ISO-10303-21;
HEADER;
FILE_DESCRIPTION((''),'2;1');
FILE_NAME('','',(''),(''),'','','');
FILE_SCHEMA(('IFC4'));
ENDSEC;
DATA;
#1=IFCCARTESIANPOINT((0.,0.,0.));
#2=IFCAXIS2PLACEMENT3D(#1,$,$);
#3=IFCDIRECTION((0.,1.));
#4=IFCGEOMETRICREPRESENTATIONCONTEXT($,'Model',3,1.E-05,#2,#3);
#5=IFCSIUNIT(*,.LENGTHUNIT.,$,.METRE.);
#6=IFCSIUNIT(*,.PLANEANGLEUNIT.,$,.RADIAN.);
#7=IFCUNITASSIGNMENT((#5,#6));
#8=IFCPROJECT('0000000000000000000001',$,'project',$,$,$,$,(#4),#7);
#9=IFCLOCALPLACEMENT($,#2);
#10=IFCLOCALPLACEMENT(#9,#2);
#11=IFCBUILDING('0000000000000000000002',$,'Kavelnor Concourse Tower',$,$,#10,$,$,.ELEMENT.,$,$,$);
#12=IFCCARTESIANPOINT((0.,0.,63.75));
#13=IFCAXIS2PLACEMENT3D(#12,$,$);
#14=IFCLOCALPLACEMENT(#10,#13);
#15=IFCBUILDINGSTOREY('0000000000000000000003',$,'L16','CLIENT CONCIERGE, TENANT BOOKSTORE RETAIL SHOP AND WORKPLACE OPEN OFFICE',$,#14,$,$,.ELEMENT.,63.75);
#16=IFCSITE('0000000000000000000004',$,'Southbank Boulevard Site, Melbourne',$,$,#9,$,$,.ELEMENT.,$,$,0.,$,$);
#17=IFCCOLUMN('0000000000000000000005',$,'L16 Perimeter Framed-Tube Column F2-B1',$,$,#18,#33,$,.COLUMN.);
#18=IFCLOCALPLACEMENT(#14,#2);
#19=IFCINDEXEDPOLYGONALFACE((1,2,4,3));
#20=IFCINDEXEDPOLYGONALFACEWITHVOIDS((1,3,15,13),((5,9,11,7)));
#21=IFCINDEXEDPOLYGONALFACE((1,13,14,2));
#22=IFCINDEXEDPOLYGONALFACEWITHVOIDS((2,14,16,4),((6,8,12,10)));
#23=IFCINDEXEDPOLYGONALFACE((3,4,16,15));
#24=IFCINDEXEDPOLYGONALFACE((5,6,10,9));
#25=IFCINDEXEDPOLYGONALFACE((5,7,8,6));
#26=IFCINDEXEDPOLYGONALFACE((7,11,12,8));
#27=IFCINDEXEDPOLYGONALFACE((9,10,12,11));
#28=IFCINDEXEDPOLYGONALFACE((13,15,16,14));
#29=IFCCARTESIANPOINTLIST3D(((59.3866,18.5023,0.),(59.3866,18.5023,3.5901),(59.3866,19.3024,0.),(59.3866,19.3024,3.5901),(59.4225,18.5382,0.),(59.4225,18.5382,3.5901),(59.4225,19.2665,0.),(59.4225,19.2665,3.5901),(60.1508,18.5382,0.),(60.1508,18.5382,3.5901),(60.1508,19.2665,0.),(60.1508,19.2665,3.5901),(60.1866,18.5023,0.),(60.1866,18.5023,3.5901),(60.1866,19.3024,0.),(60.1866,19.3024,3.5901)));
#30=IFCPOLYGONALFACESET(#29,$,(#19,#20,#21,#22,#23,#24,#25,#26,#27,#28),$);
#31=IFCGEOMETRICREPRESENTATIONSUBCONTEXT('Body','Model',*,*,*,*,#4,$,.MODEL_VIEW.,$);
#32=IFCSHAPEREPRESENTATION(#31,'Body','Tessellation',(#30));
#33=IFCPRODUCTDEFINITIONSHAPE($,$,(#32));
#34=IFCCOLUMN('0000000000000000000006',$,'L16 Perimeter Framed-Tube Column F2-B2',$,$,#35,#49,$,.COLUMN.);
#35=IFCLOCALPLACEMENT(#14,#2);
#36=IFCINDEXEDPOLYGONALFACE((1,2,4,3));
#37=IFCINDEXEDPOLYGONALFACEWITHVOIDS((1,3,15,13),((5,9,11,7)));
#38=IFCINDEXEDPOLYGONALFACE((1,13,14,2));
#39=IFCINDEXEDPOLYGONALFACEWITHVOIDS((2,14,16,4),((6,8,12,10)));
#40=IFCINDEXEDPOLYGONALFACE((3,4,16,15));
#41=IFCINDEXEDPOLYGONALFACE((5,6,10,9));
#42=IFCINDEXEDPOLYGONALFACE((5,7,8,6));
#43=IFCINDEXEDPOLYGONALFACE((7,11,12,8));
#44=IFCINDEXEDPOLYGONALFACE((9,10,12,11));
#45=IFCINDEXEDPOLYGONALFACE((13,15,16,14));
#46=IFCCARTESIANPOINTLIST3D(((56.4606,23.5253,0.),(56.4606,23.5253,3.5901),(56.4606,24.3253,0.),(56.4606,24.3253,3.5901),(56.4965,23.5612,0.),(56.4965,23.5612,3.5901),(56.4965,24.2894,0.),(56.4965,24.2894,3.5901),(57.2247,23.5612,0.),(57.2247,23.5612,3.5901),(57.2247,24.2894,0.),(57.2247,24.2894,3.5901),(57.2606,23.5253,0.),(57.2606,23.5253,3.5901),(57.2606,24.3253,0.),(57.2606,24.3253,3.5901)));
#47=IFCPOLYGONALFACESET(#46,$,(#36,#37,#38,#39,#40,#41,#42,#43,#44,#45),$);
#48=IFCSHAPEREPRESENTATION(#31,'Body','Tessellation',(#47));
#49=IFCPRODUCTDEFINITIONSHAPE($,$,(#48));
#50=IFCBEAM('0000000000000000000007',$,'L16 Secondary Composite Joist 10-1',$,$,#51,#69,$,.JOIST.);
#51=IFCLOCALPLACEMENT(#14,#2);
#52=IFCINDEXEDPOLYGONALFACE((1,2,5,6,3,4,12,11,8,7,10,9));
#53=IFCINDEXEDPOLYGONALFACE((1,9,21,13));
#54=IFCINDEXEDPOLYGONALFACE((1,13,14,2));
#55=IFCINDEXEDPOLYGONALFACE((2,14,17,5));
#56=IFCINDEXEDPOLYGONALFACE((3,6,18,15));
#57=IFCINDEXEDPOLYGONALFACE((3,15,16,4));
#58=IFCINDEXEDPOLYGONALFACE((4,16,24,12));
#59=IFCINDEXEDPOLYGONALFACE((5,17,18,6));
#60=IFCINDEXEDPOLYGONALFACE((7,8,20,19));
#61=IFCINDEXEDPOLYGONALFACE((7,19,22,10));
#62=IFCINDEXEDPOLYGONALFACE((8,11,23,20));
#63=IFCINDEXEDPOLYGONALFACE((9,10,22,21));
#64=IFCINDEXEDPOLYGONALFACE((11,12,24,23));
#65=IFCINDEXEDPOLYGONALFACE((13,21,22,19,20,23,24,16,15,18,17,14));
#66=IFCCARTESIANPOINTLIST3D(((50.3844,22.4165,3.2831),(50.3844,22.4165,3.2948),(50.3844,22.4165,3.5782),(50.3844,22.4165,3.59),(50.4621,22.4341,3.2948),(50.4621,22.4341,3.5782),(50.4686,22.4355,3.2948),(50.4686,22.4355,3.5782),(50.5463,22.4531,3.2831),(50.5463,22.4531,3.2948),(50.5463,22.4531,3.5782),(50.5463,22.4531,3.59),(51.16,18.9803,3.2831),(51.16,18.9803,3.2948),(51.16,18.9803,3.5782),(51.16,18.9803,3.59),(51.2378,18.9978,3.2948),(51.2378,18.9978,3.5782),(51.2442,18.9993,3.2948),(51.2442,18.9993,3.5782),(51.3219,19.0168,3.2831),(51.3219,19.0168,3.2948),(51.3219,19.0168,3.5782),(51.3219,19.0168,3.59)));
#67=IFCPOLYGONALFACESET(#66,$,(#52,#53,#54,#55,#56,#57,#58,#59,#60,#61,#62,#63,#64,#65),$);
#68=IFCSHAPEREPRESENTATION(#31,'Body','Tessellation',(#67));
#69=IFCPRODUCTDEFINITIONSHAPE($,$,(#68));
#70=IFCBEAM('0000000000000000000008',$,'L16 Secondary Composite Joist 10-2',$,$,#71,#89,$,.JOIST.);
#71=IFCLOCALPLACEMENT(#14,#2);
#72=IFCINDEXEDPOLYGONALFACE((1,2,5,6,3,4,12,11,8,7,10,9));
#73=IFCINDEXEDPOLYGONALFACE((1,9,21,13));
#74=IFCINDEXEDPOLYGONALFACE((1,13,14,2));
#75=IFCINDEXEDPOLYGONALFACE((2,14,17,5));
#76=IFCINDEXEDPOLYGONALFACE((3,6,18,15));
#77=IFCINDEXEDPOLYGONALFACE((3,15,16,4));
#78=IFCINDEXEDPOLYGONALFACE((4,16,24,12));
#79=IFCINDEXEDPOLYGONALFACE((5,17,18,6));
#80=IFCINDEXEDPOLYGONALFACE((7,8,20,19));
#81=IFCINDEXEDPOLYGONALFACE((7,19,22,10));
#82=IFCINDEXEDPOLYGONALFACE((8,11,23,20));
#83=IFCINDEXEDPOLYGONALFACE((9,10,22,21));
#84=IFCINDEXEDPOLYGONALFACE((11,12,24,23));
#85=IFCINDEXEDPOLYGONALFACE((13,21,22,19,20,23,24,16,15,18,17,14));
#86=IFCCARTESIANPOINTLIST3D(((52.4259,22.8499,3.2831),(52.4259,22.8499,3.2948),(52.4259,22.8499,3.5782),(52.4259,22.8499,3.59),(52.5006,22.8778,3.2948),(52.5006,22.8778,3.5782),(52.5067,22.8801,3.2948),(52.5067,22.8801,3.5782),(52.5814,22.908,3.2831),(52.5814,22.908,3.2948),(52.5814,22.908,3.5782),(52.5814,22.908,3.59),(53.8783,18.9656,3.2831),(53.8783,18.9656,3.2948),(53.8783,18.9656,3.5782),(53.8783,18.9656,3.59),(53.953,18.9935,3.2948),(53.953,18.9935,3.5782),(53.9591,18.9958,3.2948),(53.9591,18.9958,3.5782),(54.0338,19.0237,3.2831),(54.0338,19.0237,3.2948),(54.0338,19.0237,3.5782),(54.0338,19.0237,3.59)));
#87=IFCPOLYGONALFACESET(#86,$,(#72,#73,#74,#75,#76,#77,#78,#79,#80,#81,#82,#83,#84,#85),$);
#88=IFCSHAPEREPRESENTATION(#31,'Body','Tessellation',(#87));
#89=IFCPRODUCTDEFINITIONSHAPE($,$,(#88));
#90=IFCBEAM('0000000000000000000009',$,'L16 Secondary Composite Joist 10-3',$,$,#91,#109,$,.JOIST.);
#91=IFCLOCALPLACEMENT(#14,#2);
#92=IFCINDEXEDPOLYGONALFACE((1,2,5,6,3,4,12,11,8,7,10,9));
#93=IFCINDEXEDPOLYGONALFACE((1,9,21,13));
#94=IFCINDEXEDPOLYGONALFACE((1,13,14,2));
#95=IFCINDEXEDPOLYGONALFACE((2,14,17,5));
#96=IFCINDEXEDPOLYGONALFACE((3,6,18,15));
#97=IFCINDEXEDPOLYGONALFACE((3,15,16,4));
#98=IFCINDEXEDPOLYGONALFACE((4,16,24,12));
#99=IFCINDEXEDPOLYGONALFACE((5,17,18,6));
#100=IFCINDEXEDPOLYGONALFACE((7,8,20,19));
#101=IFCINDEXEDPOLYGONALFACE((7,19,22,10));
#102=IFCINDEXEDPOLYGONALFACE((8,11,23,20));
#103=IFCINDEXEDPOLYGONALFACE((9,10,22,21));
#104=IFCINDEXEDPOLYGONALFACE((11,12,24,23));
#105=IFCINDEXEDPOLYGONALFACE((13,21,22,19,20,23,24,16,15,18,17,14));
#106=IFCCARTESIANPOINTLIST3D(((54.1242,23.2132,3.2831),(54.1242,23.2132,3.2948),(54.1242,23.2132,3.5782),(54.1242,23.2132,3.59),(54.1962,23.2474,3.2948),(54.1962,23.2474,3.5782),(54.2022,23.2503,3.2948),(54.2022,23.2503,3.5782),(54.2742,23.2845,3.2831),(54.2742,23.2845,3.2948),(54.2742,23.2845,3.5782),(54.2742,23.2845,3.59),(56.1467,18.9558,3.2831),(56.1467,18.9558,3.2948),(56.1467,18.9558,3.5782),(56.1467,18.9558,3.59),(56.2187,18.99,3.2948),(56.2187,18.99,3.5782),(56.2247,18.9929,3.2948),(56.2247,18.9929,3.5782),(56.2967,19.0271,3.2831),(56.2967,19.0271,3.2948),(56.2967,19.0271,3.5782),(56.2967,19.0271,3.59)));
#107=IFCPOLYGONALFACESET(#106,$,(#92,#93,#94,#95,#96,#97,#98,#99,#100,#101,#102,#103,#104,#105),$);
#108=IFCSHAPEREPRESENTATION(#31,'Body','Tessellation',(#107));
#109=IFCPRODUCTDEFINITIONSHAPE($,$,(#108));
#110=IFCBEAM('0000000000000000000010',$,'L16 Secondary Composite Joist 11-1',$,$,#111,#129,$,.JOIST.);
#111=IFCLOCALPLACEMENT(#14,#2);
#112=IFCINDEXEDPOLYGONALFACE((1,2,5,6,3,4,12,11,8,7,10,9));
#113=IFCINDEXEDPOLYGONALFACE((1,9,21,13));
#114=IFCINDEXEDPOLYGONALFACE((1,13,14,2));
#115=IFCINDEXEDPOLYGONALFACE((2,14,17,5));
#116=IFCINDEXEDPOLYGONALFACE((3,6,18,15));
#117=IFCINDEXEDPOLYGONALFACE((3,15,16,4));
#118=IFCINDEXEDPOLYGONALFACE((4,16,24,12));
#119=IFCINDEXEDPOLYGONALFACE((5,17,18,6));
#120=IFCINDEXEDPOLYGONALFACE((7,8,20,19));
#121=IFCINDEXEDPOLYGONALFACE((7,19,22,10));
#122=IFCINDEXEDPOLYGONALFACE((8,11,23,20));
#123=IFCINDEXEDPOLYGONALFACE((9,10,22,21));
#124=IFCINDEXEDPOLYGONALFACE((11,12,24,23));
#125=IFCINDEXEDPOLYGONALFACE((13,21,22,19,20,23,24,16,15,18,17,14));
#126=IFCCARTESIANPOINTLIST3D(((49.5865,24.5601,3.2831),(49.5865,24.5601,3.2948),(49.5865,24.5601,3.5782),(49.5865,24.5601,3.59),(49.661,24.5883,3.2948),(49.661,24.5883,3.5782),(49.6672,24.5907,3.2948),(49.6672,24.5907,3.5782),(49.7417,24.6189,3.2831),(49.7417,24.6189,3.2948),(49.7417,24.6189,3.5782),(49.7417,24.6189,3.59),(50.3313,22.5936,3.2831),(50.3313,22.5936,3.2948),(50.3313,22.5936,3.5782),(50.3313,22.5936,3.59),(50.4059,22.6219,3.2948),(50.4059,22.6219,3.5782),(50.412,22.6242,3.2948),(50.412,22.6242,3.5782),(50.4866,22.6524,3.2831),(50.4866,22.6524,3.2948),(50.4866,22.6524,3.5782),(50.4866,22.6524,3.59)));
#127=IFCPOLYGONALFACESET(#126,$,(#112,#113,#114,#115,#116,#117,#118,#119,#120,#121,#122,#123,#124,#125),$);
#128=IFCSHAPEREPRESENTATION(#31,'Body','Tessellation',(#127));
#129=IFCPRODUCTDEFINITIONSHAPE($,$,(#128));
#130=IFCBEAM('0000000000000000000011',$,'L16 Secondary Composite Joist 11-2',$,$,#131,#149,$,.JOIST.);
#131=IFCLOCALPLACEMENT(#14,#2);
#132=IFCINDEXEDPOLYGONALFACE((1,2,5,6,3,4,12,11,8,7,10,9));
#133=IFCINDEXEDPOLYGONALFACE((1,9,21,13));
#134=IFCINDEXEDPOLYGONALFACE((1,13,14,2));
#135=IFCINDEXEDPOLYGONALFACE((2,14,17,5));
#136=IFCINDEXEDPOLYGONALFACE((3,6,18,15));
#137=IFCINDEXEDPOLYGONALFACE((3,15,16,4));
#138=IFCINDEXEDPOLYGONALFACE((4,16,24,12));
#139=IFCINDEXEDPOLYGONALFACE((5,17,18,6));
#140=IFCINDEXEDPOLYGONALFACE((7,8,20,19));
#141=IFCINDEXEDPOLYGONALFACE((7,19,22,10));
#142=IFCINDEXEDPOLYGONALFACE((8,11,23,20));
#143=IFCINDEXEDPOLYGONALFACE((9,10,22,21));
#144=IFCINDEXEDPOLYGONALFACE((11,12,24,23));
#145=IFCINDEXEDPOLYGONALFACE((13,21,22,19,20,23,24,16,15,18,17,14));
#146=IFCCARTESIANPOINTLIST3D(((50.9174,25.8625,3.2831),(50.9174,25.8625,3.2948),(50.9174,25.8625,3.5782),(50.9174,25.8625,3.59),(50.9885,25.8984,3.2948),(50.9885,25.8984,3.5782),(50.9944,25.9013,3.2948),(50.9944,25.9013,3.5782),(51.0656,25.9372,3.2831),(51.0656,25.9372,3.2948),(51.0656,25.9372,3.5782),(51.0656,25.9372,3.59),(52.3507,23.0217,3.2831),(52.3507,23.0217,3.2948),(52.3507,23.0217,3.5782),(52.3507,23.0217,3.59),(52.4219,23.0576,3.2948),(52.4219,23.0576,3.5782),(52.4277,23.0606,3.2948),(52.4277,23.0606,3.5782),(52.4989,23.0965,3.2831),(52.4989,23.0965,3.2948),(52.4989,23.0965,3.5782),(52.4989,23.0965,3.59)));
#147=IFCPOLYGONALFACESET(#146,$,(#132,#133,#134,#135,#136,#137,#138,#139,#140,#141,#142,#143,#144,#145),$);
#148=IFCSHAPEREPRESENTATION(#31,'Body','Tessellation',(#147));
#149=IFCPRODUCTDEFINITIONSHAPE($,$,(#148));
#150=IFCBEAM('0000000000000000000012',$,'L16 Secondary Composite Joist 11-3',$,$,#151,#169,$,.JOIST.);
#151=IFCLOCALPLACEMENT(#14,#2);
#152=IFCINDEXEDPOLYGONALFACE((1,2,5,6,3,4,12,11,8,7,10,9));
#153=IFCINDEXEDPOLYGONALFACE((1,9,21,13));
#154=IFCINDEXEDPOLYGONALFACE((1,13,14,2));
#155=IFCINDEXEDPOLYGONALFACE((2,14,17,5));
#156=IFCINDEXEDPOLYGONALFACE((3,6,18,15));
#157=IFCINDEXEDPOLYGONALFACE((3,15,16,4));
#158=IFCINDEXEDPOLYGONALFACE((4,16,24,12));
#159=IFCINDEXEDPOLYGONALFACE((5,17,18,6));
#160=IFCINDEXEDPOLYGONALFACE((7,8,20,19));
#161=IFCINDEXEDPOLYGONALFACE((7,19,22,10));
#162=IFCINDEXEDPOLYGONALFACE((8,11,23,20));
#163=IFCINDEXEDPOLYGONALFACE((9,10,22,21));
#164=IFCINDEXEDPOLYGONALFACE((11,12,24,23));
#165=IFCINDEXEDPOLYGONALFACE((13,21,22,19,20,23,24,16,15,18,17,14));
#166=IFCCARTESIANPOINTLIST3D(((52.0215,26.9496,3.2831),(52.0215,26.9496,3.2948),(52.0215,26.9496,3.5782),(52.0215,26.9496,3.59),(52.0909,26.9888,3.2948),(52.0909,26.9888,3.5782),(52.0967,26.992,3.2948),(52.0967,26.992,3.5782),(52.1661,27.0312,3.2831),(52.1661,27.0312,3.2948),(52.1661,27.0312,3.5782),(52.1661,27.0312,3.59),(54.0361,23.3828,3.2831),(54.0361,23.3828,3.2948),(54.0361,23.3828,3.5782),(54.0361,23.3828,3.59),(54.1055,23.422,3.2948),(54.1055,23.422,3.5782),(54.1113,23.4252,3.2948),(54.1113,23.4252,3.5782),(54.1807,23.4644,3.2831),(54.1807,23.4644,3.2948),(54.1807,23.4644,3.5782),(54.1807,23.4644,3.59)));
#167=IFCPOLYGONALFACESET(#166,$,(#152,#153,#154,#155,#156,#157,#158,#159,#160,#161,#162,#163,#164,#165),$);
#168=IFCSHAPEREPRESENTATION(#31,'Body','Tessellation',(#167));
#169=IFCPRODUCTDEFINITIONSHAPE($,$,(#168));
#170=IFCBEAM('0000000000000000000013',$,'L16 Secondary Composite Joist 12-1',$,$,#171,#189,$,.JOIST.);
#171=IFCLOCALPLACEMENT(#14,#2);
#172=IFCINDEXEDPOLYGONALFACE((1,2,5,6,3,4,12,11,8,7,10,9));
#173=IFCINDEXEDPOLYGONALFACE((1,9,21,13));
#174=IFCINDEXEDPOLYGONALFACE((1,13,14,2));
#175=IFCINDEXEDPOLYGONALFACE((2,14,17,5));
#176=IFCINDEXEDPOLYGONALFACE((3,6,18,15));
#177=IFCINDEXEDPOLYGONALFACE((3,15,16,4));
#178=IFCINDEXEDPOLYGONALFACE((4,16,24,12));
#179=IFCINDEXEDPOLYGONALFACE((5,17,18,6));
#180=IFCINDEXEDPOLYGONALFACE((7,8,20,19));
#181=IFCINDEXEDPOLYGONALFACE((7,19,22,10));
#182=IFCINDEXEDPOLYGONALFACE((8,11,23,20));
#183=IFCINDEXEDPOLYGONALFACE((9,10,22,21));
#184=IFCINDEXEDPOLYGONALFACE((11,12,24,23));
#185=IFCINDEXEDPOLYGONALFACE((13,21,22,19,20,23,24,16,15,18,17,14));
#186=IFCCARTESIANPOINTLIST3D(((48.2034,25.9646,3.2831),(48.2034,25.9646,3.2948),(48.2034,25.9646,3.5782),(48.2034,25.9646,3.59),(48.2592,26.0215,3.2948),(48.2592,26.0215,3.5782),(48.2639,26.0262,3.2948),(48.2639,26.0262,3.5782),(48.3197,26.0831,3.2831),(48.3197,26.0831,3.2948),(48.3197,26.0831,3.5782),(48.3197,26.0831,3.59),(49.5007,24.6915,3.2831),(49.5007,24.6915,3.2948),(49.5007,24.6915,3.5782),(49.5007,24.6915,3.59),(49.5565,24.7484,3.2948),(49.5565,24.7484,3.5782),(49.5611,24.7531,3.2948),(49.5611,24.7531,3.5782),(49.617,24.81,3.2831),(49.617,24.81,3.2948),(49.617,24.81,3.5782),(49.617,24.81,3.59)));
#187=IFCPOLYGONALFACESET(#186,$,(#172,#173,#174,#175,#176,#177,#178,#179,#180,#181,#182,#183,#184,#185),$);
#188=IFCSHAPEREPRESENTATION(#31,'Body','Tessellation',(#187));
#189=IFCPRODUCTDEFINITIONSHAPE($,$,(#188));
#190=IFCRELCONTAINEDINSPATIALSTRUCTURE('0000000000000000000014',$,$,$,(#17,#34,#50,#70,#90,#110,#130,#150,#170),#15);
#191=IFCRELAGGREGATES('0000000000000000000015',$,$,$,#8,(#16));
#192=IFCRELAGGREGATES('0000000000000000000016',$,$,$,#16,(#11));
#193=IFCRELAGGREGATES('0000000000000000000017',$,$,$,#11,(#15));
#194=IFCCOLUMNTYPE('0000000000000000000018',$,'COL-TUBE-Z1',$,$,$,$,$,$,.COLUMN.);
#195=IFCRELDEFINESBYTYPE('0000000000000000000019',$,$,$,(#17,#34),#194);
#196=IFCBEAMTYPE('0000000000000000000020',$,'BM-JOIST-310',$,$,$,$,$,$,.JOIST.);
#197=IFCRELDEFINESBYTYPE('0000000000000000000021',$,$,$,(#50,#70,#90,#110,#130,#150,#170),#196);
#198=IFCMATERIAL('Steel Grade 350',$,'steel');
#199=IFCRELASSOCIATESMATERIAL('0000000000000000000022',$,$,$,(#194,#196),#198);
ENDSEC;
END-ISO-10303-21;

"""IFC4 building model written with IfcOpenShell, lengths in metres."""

from ifc_helpers import new_model, si_unit, direction, frame, origin, origin_2d, place, context, subcontext, project, spatial, hollow_rectangle, i_section, extrude, material, material_profile, profile_set, type_object, element, save


model = new_model("IFC4")

# Units and contexts
model_context = context("Model", 3, precision=1e-05, world=origin(), true_north=direction((0.0, 1.0)))
body_context = subcontext(model_context, "Body", "Model", "MODEL_VIEW")
ifc_project = project(units=[si_unit("LENGTHUNIT", "METRE"), si_unit("PLANEANGLEUNIT", "RADIAN")], contexts=[model_context])

# Site, building, storey
site_placement = place(None, origin())
site = spatial("IfcSite", under=ifc_project, at=site_placement, Name="Southbank Boulevard Site, Melbourne", CompositionType="ELEMENT", RefElevation=0.0)
building_placement = place(site_placement, origin())
building = spatial("IfcBuilding", under=site, at=building_placement, Name="Kavelnor Concourse Tower", CompositionType="ELEMENT")
storey_placement = place(building_placement, frame((0.0, 0.0, 63.75)))
storey = spatial("IfcBuildingStorey", under=building, at=storey_placement, Name="L16", Description="CLIENT CONCIERGE, TENANT BOOKSTORE RETAIL SHOP AND WORKPLACE OPEN OFFICE", CompositionType="ELEMENT", Elevation=63.75)

# Columns
ifc_material_1 = material(Name="Steel Grade 350", Category="steel")
ifc_material_profile_1 = material_profile(ifc_material_1, hollow_rectangle(XDim=0.8, YDim=0.8, WallThickness=0.0359, at=origin_2d()), Name="SHS 800x800x36")
ifc_profile_set_1 = profile_set([ifc_material_profile_1], Name="Steel Grade 350")
column_type = type_object("IfcColumnType", Name="COL-TUBE-Z1", PredefinedType="COLUMN", material=ifc_profile_set_1)
for number, where, z_axis, x_axis, name in (
    (1, (59.7866, 18.9023, 0.0), (0.0, 0.0, 1.0), (1.0, 0.0, 0.0), "L16 Perimeter Framed-Tube Column F2-B1"),
    (2, (56.8606, 23.9253, 0.0), (0.0, 0.0, 1.0), (1.0, 0.0, 0.0), "L16 Perimeter Framed-Tube Column F2-B2"),
):
    element("IfcColumn", number, at=place(storey_placement, frame(where, z_axis=z_axis, x_axis=x_axis)), inside=storey, type_object=column_type, Name=name, PredefinedType="COLUMN", context=body_context, shape_type="SweptSolid", body=[
        extrude(hollow_rectangle(XDim=0.8, YDim=0.8, WallThickness=0.0359, at=origin_2d()), origin(), (0.0, 0.0, 1.0), 3.5901),
    ])

# Beams
ifc_material_profile_2 = material_profile(ifc_material_1, i_section(OverallWidth=0.166, OverallDepth=0.3069, WebThickness=0.0066, FlangeThickness=0.0117, at=origin_2d()), Name="310UB46")
ifc_profile_set_2 = profile_set([ifc_material_profile_2], Name="Steel Grade 350")
beam_type_1 = type_object("IfcBeamType", Name="BM-JOIST-310", PredefinedType="JOIST", material=ifc_profile_set_2)
beam_1_placement = place(storey_placement, frame((51.241, 18.9985, 3.4365), z_axis=(-0.22018, 0.975459, 0.0), x_axis=(-0.975459, -0.22018, 0.0)))
element("IfcBeam", 3, at=beam_1_placement, inside=storey, type_object=beam_type_1, Name="L16 Secondary Composite Joist 10-1", PredefinedType="JOIST", context=body_context, shape_type="SweptSolid", body=[
    extrude(i_section(OverallWidth=0.166, OverallDepth=0.3069, WebThickness=0.0066, FlangeThickness=0.0117, at=origin_2d()), origin(), (0.0, 0.0, 1.0), 3.5227),
])
beam_2_placement = place(storey_placement, frame((53.9561, 18.9946, 3.4365), z_axis=(-0.350233, 0.936663, 0.0), x_axis=(-0.936663, -0.350233, 0.0)))
element("IfcBeam", 4, at=beam_2_placement, inside=storey, type_object=beam_type_1, Name="L16 Secondary Composite Joist 10-2", PredefinedType="JOIST", context=body_context, shape_type="SweptSolid", body=[
    extrude(i_section(OverallWidth=0.166, OverallDepth=0.3069, WebThickness=0.0066, FlangeThickness=0.0117, at=origin_2d()), origin(), (0.0, 0.0, 1.0), 4.147),
])
beam_3_placement = place(storey_placement, frame((56.2217, 18.9915, 3.4365), z_axis=(-0.429097, 0.903258, 0.0), x_axis=(-0.903258, -0.429097, 0.0)))
element("IfcBeam", 5, at=beam_3_placement, inside=storey, type_object=beam_type_1, Name="L16 Secondary Composite Joist 10-3", PredefinedType="JOIST", context=body_context, shape_type="SweptSolid", body=[
    extrude(i_section(OverallWidth=0.166, OverallDepth=0.3069, WebThickness=0.0066, FlangeThickness=0.0117, at=origin_2d()), origin(), (0.0, 0.0, 1.0), 4.7134),
])
beam_4_placement = place(storey_placement, frame((50.4089, 22.623, 3.4365), z_axis=(-0.354213, 0.935165, 0.0), x_axis=(-0.935165, -0.354213, 0.0)))
element("IfcBeam", 6, at=beam_4_placement, inside=storey, type_object=beam_type_1, Name="L16 Secondary Composite Joist 11-1", PredefinedType="JOIST", context=body_context, shape_type="SweptSolid", body=[
    extrude(i_section(OverallWidth=0.166, OverallDepth=0.3069, WebThickness=0.0066, FlangeThickness=0.0117, at=origin_2d()), origin(), (0.0, 0.0, 1.0), 2.1028),
])
beam_5_placement = place(storey_placement, frame((52.4248, 23.0591, 3.4365), z_axis=(-0.450464, 0.892795, 0.0), x_axis=(-0.892795, -0.450464, 0.0)))
element("IfcBeam", 7, at=beam_5_placement, inside=storey, type_object=beam_type_1, Name="L16 Secondary Composite Joist 11-2", PredefinedType="JOIST", context=body_context, shape_type="SweptSolid", body=[
    extrude(i_section(OverallWidth=0.166, OverallDepth=0.3069, WebThickness=0.0066, FlangeThickness=0.0117, at=origin_2d()), origin(), (0.0, 0.0, 1.0), 3.1819),
])
beam_6_placement = place(storey_placement, frame((54.1084, 23.4236, 3.4365), z_axis=(-0.491794, 0.870712, 0.0), x_axis=(-0.870712, -0.491794, 0.0)))
element("IfcBeam", 8, at=beam_6_placement, inside=storey, type_object=beam_type_1, Name="L16 Secondary Composite Joist 11-3", PredefinedType="JOIST", context=body_context, shape_type="SweptSolid", body=[
    extrude(i_section(OverallWidth=0.166, OverallDepth=0.3069, WebThickness=0.0066, FlangeThickness=0.0117, at=origin_2d()), origin(), (0.0, 0.0, 1.0), 4.0964),
])
beam_7_placement = place(storey_placement, frame((49.5588, 24.7507, 3.4365), z_axis=(-0.713724, 0.700427, 0.0), x_axis=(-0.700427, -0.713724, 0.0)))
element("IfcBeam", 9, at=beam_7_placement, inside=storey, type_object=beam_type_1, Name="L16 Secondary Composite Joist 12-1", PredefinedType="JOIST", context=body_context, shape_type="SweptSolid", body=[
    extrude(i_section(OverallWidth=0.166, OverallDepth=0.3069, WebThickness=0.0066, FlangeThickness=0.0117, at=origin_2d()), origin(), (0.0, 0.0, 1.0), 1.8176),
])

save(model, "model.ifc")
